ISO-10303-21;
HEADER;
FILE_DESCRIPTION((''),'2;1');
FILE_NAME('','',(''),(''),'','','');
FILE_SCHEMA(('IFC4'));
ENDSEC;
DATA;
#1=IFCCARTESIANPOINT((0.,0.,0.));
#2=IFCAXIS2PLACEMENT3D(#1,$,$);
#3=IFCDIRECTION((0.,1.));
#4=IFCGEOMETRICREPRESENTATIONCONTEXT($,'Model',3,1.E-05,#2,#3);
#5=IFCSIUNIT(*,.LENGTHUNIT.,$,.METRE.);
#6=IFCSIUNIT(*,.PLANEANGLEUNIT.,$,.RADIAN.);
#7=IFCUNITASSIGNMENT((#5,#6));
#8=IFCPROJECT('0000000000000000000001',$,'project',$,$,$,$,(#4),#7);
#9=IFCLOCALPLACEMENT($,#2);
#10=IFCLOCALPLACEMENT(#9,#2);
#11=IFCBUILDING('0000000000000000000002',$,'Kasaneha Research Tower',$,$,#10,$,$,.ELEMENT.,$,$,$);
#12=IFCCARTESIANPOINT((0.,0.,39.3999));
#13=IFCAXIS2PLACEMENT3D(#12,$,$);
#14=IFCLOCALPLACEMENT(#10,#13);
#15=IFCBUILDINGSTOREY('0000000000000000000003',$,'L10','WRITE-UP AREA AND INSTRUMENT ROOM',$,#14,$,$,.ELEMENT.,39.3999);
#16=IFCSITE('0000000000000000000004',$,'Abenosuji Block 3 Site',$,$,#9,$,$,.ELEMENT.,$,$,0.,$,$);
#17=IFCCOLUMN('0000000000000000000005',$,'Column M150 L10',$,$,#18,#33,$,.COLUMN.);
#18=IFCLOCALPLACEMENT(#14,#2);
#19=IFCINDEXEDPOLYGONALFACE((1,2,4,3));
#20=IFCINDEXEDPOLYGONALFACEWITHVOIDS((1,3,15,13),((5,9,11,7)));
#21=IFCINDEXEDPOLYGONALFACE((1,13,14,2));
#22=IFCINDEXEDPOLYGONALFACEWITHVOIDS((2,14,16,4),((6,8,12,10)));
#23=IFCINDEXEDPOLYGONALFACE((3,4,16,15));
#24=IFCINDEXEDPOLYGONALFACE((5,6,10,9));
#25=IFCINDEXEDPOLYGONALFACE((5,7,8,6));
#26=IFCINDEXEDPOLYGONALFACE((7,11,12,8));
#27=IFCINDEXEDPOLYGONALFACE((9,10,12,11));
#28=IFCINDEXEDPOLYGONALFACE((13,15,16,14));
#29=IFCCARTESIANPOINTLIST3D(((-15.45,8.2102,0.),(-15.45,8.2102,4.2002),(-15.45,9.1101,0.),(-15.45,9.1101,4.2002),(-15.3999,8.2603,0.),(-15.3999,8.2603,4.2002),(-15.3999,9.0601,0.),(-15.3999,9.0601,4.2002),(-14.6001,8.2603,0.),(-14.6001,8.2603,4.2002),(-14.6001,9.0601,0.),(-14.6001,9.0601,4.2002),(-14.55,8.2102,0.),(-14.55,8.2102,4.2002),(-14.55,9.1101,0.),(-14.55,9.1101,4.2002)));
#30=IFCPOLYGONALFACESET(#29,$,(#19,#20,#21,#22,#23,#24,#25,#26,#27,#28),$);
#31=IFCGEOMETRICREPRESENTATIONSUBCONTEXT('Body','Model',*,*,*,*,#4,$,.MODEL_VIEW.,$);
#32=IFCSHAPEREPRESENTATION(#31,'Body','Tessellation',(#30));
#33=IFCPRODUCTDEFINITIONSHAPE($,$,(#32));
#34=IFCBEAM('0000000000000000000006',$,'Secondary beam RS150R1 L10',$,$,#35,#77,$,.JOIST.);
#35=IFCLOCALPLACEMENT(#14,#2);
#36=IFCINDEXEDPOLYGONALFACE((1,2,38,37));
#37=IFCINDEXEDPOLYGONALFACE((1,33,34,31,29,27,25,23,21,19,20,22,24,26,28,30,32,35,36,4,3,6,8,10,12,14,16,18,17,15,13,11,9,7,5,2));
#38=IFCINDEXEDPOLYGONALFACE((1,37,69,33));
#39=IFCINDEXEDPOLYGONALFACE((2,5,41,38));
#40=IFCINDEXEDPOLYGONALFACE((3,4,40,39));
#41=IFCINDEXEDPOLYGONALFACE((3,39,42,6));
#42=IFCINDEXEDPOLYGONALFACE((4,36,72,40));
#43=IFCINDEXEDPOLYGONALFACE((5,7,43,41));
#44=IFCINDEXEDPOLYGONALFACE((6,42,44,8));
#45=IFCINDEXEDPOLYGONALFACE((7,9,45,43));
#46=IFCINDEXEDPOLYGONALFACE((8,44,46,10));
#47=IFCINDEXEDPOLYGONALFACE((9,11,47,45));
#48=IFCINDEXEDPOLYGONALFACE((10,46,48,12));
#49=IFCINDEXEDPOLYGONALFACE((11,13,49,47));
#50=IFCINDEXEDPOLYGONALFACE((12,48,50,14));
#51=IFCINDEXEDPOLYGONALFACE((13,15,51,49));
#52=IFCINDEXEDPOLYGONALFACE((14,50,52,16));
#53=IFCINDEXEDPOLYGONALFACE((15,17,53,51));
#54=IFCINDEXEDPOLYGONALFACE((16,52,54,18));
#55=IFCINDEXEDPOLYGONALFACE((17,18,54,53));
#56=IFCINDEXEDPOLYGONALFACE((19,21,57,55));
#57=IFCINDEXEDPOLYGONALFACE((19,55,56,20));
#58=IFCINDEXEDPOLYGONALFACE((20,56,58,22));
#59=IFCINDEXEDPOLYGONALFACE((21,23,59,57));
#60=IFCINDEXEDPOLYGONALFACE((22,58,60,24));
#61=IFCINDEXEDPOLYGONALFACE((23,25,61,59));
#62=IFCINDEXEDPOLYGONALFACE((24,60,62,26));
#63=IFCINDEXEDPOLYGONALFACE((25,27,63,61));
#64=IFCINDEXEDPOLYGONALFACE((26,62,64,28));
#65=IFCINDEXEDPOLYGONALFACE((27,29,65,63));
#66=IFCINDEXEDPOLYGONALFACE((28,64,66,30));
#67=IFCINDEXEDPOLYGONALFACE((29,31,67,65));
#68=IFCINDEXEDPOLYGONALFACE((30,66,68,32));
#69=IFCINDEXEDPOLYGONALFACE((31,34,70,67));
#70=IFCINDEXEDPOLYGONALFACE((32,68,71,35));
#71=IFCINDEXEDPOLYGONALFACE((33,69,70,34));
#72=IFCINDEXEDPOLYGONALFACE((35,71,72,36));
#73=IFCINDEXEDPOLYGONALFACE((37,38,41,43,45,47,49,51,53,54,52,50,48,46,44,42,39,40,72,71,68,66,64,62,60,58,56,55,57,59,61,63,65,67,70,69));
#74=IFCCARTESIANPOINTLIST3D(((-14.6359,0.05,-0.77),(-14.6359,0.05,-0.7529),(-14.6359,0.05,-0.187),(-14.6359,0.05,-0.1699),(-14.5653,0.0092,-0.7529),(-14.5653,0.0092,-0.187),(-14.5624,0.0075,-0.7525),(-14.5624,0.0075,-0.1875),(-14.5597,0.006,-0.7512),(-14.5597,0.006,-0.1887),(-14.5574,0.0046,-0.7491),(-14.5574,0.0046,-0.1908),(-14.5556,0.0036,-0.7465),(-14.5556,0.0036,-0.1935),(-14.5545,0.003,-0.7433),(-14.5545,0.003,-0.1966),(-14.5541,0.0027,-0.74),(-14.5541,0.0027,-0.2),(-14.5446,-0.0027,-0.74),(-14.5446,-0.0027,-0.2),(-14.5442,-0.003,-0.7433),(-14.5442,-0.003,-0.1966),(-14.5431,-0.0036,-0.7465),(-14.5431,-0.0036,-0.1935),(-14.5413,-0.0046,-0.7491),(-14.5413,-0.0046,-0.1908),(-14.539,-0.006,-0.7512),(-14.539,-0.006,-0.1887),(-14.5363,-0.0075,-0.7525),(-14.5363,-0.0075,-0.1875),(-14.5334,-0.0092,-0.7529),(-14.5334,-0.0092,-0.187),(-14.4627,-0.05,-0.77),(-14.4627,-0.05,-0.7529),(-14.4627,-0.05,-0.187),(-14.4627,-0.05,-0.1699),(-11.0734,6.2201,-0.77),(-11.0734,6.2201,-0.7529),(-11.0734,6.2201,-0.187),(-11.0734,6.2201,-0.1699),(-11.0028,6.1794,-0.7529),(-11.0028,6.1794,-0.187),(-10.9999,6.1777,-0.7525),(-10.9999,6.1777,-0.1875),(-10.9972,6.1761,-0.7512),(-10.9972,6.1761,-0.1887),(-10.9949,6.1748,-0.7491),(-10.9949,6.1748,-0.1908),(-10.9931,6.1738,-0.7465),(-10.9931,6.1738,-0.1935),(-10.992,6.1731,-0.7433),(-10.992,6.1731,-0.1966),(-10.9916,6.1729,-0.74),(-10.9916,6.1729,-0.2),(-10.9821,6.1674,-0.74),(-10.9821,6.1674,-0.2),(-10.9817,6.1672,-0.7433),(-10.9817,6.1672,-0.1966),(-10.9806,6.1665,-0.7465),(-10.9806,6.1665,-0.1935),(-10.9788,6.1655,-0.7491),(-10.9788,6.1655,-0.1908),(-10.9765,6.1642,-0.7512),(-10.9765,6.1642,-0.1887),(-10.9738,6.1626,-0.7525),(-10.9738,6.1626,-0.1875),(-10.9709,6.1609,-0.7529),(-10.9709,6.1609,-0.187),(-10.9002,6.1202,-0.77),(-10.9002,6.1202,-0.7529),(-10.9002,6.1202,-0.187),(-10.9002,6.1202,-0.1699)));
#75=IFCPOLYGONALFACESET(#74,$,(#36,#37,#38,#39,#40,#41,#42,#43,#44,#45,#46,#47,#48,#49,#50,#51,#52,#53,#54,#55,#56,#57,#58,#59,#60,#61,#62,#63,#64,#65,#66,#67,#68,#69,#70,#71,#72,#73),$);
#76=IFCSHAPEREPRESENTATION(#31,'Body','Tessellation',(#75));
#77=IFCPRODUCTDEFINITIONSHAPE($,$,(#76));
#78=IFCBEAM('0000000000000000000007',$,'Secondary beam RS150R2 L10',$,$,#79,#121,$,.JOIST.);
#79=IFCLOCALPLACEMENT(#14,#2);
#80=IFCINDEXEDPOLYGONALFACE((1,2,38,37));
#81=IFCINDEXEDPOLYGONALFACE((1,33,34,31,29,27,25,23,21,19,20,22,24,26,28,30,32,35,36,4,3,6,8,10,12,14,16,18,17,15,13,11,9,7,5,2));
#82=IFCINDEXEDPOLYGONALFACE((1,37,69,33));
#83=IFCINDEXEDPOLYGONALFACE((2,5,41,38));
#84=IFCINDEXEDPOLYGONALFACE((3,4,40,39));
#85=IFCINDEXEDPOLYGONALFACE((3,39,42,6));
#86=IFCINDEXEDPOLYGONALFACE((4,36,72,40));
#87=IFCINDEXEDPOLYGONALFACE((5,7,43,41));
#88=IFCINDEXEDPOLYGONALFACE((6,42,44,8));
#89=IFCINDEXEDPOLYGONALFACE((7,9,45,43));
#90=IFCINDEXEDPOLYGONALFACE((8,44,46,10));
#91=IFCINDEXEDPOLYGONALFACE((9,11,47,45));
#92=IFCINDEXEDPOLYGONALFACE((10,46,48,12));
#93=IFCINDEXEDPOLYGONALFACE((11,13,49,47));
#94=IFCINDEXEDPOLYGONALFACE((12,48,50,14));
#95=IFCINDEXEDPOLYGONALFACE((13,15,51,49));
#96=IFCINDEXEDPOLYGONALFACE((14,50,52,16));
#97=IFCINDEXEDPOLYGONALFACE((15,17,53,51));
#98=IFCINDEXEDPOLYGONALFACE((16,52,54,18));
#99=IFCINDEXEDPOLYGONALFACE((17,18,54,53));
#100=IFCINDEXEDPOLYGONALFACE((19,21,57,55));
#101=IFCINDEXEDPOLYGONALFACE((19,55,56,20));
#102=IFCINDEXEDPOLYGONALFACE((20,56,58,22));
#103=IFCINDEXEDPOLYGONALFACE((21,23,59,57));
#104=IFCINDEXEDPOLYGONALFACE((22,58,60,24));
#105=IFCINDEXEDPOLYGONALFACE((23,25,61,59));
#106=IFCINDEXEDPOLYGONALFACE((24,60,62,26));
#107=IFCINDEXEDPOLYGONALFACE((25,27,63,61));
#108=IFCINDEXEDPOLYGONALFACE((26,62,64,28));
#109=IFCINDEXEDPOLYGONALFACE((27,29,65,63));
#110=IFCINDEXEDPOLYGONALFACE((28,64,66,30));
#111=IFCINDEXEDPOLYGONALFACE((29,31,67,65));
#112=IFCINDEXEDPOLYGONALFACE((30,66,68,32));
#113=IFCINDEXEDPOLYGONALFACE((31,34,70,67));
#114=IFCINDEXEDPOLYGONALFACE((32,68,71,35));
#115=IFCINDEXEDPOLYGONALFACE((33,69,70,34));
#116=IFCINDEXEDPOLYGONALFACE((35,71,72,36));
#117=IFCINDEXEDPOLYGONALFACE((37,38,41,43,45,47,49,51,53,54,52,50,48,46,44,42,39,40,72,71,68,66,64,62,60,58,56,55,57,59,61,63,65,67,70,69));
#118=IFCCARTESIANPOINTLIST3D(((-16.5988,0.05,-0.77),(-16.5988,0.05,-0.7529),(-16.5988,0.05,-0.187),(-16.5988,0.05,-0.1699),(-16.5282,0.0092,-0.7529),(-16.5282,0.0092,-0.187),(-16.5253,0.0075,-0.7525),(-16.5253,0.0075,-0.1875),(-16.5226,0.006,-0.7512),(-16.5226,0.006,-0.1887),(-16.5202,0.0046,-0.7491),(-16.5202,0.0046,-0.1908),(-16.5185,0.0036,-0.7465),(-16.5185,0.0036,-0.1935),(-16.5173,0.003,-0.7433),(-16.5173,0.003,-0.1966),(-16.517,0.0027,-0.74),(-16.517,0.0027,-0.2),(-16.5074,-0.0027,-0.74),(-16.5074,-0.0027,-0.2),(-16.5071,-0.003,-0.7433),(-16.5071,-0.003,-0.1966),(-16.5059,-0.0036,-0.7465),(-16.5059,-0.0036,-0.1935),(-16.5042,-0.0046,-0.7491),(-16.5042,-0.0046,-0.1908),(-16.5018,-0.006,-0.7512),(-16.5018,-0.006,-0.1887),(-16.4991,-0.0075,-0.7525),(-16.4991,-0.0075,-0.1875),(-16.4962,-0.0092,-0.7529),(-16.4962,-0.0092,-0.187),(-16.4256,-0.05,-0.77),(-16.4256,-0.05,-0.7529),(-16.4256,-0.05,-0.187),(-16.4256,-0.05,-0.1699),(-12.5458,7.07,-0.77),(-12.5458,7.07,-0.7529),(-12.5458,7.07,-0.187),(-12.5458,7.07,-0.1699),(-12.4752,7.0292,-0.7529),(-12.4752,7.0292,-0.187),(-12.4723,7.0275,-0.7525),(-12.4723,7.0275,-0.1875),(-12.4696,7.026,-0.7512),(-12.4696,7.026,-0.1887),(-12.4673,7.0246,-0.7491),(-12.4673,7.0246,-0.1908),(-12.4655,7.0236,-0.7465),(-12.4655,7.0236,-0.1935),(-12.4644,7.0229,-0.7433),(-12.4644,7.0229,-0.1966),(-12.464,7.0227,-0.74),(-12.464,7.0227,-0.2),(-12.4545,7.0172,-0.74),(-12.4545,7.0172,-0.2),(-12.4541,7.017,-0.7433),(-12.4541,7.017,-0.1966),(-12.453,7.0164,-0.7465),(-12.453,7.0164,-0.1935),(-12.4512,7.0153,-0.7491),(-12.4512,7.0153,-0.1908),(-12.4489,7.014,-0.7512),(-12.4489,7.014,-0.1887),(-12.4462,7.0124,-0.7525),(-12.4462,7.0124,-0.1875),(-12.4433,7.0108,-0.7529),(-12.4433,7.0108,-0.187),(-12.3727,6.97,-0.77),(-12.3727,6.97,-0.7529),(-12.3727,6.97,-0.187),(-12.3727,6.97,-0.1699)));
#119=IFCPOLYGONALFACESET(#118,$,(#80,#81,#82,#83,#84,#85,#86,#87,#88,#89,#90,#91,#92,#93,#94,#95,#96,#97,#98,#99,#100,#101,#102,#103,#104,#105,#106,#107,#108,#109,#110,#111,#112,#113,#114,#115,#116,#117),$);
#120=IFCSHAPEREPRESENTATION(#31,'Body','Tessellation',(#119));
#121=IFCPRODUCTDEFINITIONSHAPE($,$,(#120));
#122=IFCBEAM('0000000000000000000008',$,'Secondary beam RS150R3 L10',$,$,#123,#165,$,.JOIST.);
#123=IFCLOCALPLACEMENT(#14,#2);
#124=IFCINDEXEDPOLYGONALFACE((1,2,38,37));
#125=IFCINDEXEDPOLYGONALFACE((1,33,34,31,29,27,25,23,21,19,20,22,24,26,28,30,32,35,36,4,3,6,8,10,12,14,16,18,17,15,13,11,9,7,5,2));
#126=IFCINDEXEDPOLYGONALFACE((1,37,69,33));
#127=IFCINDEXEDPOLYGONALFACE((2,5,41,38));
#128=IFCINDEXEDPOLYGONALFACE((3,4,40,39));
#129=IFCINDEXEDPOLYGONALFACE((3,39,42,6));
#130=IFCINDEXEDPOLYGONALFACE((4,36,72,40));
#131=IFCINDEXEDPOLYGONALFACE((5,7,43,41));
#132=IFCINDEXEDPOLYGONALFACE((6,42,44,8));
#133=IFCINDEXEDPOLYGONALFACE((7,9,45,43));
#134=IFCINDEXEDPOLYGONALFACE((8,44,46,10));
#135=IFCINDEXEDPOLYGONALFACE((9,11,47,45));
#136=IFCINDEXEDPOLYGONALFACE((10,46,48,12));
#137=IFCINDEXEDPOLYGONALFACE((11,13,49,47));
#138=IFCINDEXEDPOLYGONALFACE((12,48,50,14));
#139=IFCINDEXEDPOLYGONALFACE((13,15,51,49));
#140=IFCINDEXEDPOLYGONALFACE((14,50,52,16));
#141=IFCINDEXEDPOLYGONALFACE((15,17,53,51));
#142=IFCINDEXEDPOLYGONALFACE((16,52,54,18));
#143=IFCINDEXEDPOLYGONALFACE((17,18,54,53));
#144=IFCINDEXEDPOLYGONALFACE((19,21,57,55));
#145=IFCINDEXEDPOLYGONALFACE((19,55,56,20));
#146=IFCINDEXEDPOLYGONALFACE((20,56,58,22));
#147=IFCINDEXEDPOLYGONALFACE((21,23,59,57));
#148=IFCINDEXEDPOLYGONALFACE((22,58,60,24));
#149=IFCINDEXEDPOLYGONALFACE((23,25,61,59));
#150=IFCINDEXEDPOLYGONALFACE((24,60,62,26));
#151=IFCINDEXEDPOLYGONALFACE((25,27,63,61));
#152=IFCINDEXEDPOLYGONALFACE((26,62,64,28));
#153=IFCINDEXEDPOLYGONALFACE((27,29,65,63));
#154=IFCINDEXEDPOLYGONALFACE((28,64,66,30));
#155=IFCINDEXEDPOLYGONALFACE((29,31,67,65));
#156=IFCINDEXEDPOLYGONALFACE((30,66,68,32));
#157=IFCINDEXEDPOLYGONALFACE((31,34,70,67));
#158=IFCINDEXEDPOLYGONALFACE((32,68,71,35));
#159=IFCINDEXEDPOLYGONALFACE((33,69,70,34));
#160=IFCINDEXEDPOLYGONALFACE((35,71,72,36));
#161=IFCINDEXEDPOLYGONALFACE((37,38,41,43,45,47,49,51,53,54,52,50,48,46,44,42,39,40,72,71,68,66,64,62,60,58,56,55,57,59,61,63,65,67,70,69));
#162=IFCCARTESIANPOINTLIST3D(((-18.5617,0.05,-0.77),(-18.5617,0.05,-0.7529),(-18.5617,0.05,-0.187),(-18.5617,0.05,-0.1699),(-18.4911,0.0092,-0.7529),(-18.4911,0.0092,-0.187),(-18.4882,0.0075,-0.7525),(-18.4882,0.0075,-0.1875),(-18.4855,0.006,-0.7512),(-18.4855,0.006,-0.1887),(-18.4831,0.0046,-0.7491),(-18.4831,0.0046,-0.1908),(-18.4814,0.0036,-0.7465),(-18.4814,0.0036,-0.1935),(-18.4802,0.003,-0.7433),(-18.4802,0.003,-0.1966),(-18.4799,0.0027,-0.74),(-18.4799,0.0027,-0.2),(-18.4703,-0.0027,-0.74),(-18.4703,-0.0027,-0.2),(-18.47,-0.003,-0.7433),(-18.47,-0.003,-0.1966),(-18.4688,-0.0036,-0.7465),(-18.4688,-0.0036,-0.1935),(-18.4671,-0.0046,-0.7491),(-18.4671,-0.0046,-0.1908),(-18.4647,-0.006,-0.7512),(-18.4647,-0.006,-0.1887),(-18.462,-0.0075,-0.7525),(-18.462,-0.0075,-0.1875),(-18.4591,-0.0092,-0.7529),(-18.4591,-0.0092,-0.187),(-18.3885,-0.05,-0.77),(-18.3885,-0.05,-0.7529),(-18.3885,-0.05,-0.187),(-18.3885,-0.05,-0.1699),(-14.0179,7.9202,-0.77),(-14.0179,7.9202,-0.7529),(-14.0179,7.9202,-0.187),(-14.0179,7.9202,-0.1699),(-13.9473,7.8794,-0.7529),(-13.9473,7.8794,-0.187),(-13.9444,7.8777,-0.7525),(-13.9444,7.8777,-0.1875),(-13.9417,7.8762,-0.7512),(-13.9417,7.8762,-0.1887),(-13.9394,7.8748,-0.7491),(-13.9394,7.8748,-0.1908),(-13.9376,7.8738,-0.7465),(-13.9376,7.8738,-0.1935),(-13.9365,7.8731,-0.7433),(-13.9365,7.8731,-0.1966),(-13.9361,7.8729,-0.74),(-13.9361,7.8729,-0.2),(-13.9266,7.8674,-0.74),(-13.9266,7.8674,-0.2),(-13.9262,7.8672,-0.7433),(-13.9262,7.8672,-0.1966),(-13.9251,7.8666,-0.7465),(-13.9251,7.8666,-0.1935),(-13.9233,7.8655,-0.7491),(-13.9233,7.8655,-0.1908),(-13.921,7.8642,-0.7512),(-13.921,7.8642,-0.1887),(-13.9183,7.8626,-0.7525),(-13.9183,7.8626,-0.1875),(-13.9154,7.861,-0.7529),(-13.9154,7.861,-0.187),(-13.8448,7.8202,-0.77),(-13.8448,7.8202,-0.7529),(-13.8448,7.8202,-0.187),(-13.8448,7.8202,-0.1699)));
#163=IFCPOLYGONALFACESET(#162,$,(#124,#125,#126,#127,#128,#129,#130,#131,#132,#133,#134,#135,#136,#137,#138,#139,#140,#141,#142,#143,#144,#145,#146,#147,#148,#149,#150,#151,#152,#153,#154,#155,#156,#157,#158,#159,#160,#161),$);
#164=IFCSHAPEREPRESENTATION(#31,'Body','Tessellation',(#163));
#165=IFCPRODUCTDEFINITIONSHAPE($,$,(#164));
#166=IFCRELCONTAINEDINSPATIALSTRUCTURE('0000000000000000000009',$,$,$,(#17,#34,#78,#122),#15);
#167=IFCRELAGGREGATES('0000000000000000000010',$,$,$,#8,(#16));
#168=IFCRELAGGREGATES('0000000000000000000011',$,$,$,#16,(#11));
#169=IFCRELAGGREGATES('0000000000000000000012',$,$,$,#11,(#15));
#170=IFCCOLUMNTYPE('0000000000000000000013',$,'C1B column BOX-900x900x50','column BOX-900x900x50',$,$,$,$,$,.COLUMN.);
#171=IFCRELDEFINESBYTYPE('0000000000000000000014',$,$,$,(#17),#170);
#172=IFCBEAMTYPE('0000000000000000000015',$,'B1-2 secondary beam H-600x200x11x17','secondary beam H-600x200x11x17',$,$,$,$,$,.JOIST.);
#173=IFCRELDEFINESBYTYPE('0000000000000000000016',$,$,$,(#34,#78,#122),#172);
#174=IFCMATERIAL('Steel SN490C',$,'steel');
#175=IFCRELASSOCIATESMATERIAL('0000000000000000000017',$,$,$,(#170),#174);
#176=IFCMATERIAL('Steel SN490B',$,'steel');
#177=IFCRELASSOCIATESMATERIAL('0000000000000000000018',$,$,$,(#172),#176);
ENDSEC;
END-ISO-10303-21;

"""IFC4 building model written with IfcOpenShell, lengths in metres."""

from ifc_helpers import new_model, si_unit, direction, frame, origin, origin_2d, place, context, subcontext, project, spatial, hollow_rectangle, i_section, extrude, material, material_profile, profile_set, type_object, element, save


model = new_model("IFC4")

# Units and contexts
model_context = context("Model", 3, precision=1e-05, world=origin(), true_north=direction((0.0, 1.0)))
body_context = subcontext(model_context, "Body", "Model", "MODEL_VIEW")
ifc_project = project(units=[si_unit("LENGTHUNIT", "METRE"), si_unit("PLANEANGLEUNIT", "RADIAN")], contexts=[model_context])

# Site, building, storey
site_placement = place(None, origin())
site = spatial("IfcSite", under=ifc_project, at=site_placement, Name="Abenosuji Block 3 Site", CompositionType="ELEMENT", RefElevation=0.0)
building_placement = place(site_placement, origin())
building = spatial("IfcBuilding", under=site, at=building_placement, Name="Kasaneha Research Tower", CompositionType="ELEMENT")
storey_placement = place(building_placement, frame((0.0, 0.0, 39.3999)))
storey = spatial("IfcBuildingStorey", under=building, at=storey_placement, Name="L10", Description="WRITE-UP AREA AND INSTRUMENT ROOM", CompositionType="ELEMENT", Elevation=39.3999)

# Column
ifc_material_1 = material(Name="Steel SN490C", Category="steel")
ifc_material_profile_1 = material_profile(ifc_material_1, hollow_rectangle(XDim=0.8999, YDim=0.8999, WallThickness=0.05, at=origin_2d()), Name="BOX-900x900x50")
ifc_profile_set_1 = profile_set([ifc_material_profile_1], Name="Steel SN490C")
column_type = type_object("IfcColumnType", Name="C1B column BOX-900x900x50", Description="column BOX-900x900x50", PredefinedType="COLUMN", material=ifc_profile_set_1)
column_placement = place(storey_placement, frame((-15.0, 8.6602, 0.0), z_axis=(0.0, 0.0, 1.0), x_axis=(1.0, 0.0, 0.0)))
element("IfcColumn", 1, at=column_placement, inside=storey, type_object=column_type, Name="Column M150 L10", PredefinedType="COLUMN", context=body_context, shape_type="SweptSolid", body=[
    extrude(hollow_rectangle(XDim=0.8999, YDim=0.8999, WallThickness=0.05, at=origin_2d()), origin(), (0.0, 0.0, 1.0), 4.2002),
])

# Beams
ifc_material_2 = material(Name="Steel SN490B", Category="steel")
ifc_material_profile_2 = material_profile(ifc_material_2, i_section(OverallWidth=0.2, OverallDepth=0.6001, WebThickness=0.011, FlangeThickness=0.0171, FilletRadius=0.0129, at=origin_2d()), Name="H-600x200x11x17")
ifc_profile_set_2 = profile_set([ifc_material_profile_2], Name="Steel SN490B")
beam_type_1 = type_object("IfcBeamType", Name="B1-2 secondary beam H-600x200x11x17", Description="secondary beam H-600x200x11x17", PredefinedType="JOIST", material=ifc_profile_set_2)
beam_1_placement = place(storey_placement, frame((-14.5493, 0.0, -0.47), z_axis=(0.500016, 0.866016, 0.0), x_axis=(-0.866016, 0.500016, 0.0)))
element("IfcBeam", 2, at=beam_1_placement, inside=storey, type_object=beam_type_1, Name="Secondary beam RS150R1 L10", PredefinedType="JOIST", context=body_context, shape_type="SweptSolid", body=[
    extrude(i_section(OverallWidth=0.2, OverallDepth=0.6001, WebThickness=0.011, FlangeThickness=0.0171, FilletRadius=0.0129, at=origin_2d()), origin(), (0.0, 0.0, 1.0), 7.1248),
])
beam_2_placement = place(storey_placement, frame((-16.5122, 0.0, -0.47), z_axis=(0.499997, 0.866027, 0.0), x_axis=(-0.866027, 0.499997, 0.0)))
element("IfcBeam", 3, at=beam_2_placement, inside=storey, type_object=beam_type_1, Name="Secondary beam RS150R2 L10", PredefinedType="JOIST", context=body_context, shape_type="SweptSolid", body=[
    extrude(i_section(OverallWidth=0.2, OverallDepth=0.6001, WebThickness=0.011, FlangeThickness=0.0171, FilletRadius=0.0129, at=origin_2d()), origin(), (0.0, 0.0, 1.0), 8.106),
])
beam_3_placement = place(storey_placement, frame((-18.4751, 0.0, -0.47), z_axis=(0.499991, 0.866031, 0.0), x_axis=(-0.866031, 0.499991, 0.0)))
element("IfcBeam", 4, at=beam_3_placement, inside=storey, type_object=beam_type_1, Name="Secondary beam RS150R3 L10", PredefinedType="JOIST", context=body_context, shape_type="SweptSolid", body=[
    extrude(i_section(OverallWidth=0.2, OverallDepth=0.6001, WebThickness=0.011, FlangeThickness=0.0171, FilletRadius=0.0129, at=origin_2d()), origin(), (0.0, 0.0, 1.0), 9.0876),
])

save(model, "model.ifc")
